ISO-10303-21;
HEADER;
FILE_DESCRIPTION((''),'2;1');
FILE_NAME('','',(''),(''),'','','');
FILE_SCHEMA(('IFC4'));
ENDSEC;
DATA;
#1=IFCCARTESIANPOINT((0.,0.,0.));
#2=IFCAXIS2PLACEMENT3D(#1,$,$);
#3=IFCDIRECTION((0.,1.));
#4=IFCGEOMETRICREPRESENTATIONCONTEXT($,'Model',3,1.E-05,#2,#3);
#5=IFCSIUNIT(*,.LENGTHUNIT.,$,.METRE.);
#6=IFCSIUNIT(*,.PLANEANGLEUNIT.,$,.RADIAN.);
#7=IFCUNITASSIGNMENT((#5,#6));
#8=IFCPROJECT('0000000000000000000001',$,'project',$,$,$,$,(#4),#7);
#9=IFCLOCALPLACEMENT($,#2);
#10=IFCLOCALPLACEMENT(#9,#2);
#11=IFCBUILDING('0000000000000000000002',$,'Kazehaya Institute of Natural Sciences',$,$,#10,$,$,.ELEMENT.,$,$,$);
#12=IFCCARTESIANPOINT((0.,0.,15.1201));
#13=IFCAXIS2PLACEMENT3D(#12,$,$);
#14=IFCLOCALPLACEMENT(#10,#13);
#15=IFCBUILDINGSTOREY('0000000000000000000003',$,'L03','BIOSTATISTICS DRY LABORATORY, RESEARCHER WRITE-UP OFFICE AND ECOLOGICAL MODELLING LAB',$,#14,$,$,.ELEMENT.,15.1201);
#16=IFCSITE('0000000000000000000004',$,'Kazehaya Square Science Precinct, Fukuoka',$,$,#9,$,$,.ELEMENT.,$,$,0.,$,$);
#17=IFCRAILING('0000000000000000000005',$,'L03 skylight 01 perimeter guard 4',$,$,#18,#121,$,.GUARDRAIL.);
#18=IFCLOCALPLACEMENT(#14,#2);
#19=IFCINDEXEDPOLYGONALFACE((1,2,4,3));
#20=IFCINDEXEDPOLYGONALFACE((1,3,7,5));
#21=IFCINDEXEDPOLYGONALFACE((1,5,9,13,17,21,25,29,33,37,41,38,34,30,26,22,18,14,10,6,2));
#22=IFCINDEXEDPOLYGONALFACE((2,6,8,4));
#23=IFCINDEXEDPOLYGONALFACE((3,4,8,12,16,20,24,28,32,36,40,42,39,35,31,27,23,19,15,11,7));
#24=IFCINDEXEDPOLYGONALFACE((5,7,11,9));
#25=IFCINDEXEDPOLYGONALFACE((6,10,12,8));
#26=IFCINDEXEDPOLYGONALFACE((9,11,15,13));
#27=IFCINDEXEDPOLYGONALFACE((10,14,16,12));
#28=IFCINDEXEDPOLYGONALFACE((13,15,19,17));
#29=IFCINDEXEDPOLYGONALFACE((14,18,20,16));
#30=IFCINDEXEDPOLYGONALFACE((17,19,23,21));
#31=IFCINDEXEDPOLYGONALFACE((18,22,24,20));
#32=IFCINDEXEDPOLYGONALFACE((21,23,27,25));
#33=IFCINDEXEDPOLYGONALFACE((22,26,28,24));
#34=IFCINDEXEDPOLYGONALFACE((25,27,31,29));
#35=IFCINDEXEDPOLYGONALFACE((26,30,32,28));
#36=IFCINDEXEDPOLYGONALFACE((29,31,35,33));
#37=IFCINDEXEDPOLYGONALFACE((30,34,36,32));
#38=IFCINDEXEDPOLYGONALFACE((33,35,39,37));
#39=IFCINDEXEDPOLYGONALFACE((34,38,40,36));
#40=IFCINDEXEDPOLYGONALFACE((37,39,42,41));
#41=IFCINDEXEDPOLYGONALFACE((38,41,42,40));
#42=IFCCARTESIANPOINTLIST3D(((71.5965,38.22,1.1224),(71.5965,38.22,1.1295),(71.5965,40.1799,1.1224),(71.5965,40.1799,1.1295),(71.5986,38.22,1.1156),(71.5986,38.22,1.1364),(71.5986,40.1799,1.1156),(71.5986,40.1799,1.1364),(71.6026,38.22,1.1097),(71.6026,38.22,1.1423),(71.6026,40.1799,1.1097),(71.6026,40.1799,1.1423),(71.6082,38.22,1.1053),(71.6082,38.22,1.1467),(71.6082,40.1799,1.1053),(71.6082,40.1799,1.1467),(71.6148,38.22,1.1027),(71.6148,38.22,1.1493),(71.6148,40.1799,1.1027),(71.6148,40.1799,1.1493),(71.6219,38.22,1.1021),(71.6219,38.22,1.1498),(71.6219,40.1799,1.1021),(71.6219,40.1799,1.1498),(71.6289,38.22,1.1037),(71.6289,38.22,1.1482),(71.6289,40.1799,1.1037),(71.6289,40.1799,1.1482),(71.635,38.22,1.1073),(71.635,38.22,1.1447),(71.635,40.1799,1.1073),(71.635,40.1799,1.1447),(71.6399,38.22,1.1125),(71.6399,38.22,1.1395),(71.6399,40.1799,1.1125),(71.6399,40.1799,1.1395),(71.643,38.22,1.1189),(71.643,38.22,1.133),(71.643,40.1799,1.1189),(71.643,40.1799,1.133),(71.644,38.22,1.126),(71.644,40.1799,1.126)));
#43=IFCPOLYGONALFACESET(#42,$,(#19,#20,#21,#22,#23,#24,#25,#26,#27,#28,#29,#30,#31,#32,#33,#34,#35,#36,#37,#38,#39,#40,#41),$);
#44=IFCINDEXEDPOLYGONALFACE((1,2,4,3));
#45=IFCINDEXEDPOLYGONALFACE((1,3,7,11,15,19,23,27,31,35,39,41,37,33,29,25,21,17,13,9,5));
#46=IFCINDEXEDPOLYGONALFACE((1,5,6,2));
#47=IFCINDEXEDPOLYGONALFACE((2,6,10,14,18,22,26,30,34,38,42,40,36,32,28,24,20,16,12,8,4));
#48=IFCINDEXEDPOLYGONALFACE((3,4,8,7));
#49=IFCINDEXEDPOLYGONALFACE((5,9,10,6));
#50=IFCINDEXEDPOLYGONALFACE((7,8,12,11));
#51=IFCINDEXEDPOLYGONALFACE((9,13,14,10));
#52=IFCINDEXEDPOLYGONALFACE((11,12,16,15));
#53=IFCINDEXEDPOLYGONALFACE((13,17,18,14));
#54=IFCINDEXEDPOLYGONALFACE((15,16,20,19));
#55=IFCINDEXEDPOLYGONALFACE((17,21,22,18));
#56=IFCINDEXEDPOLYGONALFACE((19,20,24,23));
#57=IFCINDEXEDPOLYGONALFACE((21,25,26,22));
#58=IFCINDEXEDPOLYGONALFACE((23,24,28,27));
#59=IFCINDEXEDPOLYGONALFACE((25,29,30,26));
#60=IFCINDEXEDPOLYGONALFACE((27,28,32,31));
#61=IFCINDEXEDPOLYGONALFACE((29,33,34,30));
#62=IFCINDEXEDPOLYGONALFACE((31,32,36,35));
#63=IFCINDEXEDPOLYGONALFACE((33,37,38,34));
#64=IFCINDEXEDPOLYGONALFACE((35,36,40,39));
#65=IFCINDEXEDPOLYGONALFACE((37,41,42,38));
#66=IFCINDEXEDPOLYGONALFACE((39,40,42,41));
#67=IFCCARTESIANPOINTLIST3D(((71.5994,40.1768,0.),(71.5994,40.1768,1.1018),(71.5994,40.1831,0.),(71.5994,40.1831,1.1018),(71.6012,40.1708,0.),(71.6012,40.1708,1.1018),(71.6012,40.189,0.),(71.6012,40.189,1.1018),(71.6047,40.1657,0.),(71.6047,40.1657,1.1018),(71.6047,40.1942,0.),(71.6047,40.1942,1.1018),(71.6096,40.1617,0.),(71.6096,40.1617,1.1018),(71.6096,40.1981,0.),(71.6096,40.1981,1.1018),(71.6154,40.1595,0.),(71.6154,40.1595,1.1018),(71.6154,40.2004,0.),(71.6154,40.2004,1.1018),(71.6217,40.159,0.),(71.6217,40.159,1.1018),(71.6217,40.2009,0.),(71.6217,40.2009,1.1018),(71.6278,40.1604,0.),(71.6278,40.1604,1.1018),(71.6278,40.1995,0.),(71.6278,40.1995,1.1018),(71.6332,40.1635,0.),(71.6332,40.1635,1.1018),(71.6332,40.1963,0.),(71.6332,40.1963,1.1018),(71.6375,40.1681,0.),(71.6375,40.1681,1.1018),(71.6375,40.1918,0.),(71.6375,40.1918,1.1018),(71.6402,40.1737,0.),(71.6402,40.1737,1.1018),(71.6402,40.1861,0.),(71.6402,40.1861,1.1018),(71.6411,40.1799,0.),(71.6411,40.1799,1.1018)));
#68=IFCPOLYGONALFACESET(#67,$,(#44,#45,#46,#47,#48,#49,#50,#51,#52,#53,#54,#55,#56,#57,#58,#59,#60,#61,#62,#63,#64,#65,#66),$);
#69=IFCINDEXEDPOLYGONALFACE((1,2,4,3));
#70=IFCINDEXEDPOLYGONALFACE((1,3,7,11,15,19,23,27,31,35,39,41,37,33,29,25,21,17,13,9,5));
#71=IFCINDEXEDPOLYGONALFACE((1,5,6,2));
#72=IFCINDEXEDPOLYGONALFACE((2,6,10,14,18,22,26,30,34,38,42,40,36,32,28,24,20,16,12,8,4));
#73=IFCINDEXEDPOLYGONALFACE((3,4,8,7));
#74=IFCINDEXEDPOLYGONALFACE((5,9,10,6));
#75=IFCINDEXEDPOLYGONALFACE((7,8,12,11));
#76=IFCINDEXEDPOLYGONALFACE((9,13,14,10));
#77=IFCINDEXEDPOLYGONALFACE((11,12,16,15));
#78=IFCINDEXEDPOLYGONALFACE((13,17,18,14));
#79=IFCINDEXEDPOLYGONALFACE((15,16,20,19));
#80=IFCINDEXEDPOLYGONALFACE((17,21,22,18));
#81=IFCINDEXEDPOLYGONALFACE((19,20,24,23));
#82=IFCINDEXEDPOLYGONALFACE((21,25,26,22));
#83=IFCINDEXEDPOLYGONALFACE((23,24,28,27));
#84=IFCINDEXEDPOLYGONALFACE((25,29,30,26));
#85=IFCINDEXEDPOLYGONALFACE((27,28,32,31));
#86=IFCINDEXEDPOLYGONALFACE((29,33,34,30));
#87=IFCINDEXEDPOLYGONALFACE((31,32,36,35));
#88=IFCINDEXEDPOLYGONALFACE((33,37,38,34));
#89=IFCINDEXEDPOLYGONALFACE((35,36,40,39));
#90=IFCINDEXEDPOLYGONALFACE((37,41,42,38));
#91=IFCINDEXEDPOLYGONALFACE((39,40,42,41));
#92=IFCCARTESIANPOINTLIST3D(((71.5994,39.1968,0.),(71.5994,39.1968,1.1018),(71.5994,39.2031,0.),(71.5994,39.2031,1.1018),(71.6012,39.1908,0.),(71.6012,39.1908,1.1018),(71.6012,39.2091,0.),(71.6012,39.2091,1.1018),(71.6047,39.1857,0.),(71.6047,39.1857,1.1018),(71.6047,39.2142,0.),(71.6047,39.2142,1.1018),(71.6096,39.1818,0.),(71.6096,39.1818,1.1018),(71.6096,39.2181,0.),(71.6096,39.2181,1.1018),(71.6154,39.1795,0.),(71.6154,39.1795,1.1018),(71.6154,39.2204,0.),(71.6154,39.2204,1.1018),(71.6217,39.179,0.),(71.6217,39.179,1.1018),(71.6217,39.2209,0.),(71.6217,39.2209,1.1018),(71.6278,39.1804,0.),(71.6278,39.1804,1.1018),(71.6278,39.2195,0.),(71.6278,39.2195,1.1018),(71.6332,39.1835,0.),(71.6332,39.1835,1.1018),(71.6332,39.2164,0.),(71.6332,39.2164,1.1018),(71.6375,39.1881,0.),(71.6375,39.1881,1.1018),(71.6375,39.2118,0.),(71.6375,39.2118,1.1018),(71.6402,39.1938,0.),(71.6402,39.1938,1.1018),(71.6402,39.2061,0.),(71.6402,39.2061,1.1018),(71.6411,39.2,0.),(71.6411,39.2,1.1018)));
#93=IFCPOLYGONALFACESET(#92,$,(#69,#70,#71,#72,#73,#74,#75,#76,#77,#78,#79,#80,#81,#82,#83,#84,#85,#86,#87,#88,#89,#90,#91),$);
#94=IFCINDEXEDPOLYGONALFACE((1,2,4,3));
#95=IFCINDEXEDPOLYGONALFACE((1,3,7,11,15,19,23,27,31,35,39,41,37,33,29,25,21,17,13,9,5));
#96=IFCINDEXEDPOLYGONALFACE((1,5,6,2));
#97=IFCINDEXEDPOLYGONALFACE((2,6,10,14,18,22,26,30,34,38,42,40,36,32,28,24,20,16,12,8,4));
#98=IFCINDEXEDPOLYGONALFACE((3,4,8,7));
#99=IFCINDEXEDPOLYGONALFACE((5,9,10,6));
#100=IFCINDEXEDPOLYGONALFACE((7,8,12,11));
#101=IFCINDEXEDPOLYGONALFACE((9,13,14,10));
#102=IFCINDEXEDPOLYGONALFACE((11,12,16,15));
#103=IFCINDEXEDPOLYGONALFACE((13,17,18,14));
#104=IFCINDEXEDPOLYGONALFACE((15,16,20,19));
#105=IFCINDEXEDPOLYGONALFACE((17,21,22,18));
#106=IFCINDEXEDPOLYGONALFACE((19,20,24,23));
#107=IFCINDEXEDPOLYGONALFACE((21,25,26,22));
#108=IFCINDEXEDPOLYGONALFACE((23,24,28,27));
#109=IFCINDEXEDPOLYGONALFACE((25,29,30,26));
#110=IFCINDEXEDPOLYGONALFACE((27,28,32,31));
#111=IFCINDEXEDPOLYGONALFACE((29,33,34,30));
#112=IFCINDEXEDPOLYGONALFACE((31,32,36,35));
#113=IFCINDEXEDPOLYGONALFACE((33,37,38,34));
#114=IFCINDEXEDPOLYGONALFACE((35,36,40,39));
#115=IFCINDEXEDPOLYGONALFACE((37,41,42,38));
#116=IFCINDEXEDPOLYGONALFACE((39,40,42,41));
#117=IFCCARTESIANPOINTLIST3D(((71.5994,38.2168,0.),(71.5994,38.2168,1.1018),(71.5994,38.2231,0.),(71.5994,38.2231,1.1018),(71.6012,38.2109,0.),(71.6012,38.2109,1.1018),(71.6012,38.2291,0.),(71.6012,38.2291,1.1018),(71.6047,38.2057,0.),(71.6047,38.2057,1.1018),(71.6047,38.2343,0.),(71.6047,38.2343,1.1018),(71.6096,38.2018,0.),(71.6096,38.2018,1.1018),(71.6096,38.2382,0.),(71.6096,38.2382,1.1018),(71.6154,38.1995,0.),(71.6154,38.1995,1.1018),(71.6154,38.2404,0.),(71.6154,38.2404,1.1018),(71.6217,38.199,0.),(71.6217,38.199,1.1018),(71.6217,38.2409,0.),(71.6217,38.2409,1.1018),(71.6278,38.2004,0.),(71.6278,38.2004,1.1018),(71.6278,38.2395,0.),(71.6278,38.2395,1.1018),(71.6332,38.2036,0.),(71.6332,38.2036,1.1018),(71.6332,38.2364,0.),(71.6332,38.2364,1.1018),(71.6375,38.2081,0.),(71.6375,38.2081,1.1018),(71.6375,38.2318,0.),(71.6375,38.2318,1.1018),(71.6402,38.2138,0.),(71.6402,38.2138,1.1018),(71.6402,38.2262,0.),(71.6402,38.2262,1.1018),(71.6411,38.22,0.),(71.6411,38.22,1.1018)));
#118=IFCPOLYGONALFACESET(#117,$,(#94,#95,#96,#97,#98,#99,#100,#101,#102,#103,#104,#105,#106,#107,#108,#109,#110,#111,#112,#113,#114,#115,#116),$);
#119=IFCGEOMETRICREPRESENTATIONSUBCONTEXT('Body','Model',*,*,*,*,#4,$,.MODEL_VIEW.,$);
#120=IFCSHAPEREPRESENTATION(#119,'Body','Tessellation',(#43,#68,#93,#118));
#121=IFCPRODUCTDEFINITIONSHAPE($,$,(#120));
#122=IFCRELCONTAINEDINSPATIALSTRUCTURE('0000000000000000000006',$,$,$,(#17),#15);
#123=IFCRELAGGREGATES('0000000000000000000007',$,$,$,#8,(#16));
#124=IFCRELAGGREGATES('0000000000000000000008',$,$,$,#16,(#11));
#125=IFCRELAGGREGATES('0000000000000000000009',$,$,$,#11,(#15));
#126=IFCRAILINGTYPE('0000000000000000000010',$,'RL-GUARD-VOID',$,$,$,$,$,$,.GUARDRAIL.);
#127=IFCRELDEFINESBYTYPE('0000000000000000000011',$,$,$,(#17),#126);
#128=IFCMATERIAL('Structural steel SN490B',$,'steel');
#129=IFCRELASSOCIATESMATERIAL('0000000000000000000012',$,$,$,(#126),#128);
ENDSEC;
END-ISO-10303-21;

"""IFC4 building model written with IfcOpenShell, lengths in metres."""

from ifc_helpers import new_model, si_unit, direction, frame, origin, origin_2d, place, context, subcontext, project, spatial, circle, extrude, material, type_object, element, save


model = new_model("IFC4")

# Units and contexts
model_context = context("Model", 3, precision=1e-05, world=origin(), true_north=direction((0.0, 1.0)))
body_context = subcontext(model_context, "Body", "Model", "MODEL_VIEW")
ifc_project = project(units=[si_unit("LENGTHUNIT", "METRE"), si_unit("PLANEANGLEUNIT", "RADIAN")], contexts=[model_context])

# Site, building, storey
site_placement = place(None, origin())
site = spatial("IfcSite", under=ifc_project, at=site_placement, Name="Kazehaya Square Science Precinct, Fukuoka", CompositionType="ELEMENT", RefElevation=0.0)
building_placement = place(site_placement, origin())
building = spatial("IfcBuilding", under=site, at=building_placement, Name="Kazehaya Institute of Natural Sciences", CompositionType="ELEMENT")
storey_placement = place(building_placement, frame((0.0, 0.0, 15.1201)))
storey = spatial("IfcBuildingStorey", under=building, at=storey_placement, Name="L03", Description="BIOSTATISTICS DRY LABORATORY, RESEARCHER WRITE-UP OFFICE AND ECOLOGICAL MODELLING LAB", CompositionType="ELEMENT", Elevation=15.1201)

# Railing
ifc_material_1 = material(Name="Structural steel SN490B", Category="steel")
railing_type = type_object("IfcRailingType", Name="RL-GUARD-VOID", PredefinedType="GUARDRAIL", material=ifc_material_1)
railing_1_placement = place(storey_placement, frame((71.6201, 40.1799, 0.0)))
element("IfcRailing", 1, at=railing_1_placement, inside=storey, type_object=railing_type, Name="L03 skylight 01 perimeter guard 4", PredefinedType="GUARDRAIL", context=body_context, shape_type="SweptSolid", body=[
    extrude(circle(Radius=0.0239, at=origin_2d()), frame((0.0, 0.0, 1.126), z_axis=(0.0, -1.0, 0.0), x_axis=(1.0, 0.0, 0.0)), (0.0, 0.0, 1.0), 1.96),
    extrude(circle(Radius=0.021, at=origin_2d()), origin(), (0.0, 0.0, 1.0), 1.1018),
    extrude(circle(Radius=0.021, at=origin_2d()), frame((0.0, -0.98, 0.0)), (0.0, 0.0, 1.0), 1.1018),
    extrude(circle(Radius=0.021, at=origin_2d()), frame((0.0, -1.96, 0.0)), (0.0, 0.0, 1.0), 1.1018),
])

save(model, "model.ifc")
